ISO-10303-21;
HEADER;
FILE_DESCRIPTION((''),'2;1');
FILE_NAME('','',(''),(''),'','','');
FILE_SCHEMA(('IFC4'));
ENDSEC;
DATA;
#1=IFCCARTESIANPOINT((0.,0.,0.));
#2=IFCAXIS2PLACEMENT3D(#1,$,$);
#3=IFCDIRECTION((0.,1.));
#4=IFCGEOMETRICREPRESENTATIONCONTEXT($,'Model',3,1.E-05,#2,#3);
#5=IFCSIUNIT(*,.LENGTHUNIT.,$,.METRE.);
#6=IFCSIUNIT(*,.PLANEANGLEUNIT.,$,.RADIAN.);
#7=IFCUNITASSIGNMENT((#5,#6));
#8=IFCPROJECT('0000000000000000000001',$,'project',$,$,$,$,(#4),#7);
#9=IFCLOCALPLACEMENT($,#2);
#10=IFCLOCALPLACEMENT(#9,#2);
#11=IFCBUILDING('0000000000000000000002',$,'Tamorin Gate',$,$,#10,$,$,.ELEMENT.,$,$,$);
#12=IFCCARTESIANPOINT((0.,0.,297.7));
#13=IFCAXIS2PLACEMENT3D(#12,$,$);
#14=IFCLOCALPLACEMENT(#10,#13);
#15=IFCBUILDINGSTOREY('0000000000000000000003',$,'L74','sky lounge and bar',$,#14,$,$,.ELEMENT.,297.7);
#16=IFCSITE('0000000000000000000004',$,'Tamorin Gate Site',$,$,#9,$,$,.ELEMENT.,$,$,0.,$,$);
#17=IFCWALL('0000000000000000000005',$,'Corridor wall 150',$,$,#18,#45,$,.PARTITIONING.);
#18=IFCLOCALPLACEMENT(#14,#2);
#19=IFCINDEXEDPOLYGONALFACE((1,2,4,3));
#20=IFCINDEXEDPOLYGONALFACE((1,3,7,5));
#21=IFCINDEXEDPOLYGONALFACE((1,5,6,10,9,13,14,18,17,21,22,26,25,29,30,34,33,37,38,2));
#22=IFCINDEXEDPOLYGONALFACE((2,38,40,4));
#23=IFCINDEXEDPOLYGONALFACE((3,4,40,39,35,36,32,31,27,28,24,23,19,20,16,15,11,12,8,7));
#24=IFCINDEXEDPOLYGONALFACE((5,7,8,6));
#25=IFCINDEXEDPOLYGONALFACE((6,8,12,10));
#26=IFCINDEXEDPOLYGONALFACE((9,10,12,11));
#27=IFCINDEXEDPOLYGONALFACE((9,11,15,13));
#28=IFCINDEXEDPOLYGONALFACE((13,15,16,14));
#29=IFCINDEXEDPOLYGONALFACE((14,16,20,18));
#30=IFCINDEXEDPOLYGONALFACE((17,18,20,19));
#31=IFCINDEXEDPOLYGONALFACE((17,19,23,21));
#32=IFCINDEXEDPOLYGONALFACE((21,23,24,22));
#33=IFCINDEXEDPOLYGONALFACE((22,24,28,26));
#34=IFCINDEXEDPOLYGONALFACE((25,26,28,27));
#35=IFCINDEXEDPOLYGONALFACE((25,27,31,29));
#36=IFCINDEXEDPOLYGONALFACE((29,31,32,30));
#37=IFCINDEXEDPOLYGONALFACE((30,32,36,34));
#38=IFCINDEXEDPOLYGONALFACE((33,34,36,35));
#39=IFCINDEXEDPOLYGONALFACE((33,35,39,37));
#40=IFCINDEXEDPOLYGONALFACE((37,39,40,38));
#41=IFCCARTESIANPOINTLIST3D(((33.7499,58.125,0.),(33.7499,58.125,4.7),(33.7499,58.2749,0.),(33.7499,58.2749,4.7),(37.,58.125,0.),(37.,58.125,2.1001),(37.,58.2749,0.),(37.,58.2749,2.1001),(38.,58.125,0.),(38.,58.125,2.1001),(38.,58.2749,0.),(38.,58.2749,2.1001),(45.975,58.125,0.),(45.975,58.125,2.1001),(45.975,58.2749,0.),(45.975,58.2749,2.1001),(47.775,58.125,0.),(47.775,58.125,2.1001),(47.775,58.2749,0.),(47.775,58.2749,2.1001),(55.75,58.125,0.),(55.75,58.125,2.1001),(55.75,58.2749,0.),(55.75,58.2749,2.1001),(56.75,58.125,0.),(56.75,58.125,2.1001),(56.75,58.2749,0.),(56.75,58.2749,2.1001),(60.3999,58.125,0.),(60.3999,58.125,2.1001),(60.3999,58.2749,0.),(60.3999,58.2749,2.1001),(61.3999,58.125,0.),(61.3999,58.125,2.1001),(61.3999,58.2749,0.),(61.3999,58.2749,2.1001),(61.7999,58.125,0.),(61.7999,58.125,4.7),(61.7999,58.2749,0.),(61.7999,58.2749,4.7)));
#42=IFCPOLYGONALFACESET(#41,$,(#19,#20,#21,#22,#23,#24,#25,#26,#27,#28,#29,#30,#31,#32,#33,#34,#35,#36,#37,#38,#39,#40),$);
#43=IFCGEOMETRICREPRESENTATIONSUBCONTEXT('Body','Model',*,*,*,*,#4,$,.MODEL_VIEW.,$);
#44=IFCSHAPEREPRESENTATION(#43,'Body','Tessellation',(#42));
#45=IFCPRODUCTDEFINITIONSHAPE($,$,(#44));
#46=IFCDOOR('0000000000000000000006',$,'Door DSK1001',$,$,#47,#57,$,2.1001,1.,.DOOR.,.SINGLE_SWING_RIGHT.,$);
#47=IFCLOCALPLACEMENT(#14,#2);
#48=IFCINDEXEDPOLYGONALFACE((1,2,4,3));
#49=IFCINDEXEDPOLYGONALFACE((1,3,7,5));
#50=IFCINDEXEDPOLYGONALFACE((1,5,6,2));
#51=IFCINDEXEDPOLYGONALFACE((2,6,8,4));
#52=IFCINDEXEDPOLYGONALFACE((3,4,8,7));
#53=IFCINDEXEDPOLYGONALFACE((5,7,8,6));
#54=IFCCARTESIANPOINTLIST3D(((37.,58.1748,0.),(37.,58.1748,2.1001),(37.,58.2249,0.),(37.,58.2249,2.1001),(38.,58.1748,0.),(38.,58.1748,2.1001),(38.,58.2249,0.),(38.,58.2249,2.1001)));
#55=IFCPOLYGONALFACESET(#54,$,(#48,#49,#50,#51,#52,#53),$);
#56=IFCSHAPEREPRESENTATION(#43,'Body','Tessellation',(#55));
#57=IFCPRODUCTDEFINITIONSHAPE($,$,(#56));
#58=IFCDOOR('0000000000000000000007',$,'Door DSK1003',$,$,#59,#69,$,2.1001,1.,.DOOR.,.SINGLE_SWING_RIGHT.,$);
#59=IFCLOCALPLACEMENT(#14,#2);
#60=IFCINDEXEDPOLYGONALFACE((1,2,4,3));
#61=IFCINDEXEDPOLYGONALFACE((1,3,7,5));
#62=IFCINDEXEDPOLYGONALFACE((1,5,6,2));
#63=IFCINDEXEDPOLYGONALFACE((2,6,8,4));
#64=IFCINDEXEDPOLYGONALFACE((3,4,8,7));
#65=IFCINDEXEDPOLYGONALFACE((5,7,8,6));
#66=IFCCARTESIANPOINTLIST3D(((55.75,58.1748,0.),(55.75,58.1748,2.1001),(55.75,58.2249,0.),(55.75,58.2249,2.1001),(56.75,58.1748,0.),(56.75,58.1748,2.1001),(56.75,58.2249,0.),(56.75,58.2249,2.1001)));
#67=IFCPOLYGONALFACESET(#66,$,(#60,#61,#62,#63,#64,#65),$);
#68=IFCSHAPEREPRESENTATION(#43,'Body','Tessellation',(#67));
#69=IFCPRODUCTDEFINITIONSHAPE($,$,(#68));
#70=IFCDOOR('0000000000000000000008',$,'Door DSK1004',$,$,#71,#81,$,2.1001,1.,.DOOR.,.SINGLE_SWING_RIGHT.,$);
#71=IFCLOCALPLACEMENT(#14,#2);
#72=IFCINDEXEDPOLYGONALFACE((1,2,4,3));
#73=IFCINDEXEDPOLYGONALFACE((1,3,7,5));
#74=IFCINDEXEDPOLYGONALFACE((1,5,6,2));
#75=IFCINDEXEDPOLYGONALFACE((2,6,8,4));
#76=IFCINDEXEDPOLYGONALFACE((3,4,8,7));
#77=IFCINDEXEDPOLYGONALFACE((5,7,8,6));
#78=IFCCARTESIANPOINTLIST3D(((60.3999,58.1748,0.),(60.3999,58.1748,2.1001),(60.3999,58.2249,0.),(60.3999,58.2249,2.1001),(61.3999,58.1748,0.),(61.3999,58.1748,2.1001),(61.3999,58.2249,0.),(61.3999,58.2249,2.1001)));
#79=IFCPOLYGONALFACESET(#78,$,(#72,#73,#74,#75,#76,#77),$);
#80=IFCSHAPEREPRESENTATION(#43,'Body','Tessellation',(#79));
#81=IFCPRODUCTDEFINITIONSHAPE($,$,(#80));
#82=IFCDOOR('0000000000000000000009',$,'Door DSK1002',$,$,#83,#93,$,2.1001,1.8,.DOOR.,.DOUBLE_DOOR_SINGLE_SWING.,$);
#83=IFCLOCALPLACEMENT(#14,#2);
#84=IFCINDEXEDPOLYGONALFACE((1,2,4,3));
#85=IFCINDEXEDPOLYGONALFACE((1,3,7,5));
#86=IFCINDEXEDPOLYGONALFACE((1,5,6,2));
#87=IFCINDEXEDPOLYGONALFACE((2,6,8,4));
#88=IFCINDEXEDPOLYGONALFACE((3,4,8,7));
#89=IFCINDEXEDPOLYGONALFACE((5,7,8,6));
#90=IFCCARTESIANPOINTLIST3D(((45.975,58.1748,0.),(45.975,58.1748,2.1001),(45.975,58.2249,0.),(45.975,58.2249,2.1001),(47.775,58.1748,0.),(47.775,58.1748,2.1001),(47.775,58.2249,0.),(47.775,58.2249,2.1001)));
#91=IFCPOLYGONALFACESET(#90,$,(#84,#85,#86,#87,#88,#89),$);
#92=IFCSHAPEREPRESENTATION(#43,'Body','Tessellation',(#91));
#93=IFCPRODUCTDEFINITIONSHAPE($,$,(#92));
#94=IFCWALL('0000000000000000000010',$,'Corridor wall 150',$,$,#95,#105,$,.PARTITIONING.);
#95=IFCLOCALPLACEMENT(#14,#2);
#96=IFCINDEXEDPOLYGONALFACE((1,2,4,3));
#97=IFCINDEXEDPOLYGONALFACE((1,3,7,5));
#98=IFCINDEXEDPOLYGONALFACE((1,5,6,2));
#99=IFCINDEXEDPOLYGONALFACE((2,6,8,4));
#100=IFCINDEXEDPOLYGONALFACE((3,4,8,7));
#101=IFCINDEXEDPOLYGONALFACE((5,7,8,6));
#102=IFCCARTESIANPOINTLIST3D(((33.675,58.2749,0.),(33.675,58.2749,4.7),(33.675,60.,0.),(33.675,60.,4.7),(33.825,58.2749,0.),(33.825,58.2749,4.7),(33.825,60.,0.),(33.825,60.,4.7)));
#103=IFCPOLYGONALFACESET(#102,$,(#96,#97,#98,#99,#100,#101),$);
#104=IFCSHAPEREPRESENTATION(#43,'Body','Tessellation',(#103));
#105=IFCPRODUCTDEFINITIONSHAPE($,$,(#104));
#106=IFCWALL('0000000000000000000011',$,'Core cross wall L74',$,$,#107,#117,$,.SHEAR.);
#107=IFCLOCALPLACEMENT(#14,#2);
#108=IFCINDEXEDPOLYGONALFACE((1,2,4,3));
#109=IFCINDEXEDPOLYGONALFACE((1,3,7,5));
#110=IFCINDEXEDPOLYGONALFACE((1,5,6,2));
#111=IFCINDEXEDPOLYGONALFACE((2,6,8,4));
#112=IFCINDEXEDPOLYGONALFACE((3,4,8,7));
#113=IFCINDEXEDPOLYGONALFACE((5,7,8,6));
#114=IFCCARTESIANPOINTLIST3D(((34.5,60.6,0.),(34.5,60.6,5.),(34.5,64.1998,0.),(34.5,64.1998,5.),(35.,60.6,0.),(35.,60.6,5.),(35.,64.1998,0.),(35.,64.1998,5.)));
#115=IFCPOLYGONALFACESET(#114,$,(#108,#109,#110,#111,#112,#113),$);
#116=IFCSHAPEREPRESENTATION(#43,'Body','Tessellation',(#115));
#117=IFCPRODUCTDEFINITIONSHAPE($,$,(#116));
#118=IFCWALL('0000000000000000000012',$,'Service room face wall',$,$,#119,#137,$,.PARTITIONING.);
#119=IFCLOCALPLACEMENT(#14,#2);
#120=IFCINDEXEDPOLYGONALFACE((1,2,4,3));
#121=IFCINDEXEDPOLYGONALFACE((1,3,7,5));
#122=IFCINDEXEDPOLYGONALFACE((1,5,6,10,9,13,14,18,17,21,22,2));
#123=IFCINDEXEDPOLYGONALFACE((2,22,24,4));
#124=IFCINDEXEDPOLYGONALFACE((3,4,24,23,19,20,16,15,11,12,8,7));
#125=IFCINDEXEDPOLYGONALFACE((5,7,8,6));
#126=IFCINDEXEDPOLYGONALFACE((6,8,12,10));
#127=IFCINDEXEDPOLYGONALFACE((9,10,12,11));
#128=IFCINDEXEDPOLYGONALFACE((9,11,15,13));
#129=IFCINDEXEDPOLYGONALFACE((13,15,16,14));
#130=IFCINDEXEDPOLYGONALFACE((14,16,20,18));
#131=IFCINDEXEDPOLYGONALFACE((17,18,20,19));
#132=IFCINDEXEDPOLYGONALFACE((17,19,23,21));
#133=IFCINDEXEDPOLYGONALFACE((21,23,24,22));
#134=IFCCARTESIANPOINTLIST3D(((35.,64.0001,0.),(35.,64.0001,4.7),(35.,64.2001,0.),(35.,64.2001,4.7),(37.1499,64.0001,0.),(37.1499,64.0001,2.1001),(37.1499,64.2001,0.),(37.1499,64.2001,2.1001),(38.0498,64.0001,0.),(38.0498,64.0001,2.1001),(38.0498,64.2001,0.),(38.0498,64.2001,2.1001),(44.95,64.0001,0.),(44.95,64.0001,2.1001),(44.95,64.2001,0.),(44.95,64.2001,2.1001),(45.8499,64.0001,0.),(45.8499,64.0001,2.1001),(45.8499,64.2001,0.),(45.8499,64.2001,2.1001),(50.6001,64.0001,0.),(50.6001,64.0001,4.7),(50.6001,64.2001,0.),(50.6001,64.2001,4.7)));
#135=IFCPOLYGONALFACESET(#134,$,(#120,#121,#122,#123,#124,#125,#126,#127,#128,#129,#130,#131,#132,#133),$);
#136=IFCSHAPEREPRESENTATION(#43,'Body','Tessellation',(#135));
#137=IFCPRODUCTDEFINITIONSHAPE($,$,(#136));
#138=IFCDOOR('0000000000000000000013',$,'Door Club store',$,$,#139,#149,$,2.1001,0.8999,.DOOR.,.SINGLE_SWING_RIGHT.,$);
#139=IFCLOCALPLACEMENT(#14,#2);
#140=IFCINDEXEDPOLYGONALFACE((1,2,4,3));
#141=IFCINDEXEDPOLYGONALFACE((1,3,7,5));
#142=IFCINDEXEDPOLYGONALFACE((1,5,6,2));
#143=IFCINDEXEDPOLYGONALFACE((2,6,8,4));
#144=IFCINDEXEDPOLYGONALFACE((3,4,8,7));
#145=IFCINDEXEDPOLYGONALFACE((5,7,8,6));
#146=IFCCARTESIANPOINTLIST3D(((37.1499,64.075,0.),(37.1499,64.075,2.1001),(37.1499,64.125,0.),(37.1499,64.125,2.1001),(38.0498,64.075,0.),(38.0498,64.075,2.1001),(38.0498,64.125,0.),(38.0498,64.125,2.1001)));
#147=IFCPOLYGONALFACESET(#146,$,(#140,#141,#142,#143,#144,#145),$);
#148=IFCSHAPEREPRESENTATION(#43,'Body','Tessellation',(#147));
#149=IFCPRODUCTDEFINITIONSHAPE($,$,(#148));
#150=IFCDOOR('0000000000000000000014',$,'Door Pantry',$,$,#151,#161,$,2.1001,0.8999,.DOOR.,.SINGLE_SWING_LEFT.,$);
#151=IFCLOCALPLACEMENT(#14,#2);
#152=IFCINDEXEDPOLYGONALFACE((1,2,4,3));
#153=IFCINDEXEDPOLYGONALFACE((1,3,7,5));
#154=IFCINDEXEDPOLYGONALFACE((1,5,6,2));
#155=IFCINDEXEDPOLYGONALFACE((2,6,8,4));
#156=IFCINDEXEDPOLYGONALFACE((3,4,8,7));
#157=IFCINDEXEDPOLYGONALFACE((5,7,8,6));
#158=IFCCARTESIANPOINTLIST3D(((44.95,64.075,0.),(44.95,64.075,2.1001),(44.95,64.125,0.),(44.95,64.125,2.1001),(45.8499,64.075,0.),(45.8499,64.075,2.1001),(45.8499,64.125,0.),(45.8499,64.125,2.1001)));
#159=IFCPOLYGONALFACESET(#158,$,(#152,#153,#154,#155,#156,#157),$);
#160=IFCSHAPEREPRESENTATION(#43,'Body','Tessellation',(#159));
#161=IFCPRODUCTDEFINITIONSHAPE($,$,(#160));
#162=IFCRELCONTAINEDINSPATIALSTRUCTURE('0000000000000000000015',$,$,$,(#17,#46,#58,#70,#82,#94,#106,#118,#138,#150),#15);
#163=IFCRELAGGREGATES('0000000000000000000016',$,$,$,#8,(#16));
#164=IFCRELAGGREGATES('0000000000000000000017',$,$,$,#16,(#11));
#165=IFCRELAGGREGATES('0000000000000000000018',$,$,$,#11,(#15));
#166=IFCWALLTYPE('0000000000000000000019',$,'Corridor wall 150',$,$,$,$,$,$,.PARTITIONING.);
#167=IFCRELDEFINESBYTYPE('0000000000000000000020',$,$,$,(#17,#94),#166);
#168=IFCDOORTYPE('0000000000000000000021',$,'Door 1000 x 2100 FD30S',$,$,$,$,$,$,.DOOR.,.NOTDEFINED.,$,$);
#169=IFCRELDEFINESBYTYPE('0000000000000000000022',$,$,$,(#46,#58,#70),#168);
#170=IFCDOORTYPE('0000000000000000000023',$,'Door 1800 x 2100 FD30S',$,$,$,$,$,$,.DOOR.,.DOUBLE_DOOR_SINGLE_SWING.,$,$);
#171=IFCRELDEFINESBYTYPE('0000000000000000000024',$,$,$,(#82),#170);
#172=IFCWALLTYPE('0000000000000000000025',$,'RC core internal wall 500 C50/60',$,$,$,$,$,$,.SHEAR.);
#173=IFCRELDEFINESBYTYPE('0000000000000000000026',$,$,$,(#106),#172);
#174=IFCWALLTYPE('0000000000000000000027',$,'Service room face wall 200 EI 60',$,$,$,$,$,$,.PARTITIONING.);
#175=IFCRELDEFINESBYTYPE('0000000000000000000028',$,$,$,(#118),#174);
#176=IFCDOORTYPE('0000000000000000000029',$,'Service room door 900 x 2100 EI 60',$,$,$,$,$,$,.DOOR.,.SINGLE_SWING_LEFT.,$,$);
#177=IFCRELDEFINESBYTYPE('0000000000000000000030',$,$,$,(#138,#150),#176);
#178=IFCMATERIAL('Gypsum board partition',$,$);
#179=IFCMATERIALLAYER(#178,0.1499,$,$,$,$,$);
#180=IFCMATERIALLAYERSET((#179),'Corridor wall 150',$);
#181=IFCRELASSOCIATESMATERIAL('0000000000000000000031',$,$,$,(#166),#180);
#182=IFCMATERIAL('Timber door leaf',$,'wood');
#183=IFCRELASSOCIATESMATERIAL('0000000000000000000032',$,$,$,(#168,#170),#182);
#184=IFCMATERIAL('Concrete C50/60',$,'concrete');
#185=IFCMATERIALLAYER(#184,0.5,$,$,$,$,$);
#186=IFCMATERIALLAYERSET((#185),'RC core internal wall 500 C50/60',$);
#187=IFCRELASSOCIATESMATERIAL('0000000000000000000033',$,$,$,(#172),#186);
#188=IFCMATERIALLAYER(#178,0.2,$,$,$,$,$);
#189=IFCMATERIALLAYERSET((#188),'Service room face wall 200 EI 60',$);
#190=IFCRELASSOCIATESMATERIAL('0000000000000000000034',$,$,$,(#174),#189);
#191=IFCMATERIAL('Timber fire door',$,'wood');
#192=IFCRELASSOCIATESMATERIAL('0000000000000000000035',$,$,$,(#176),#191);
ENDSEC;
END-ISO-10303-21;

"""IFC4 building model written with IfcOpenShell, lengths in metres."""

from ifc_helpers import new_model, si_unit, direction, frame, frame_2d, origin, place, context, subcontext, project, spatial, rectangle, extrude, material, layer, layer_set, type_object, element, fill, save


model = new_model("IFC4")

# Units and contexts
model_context = context("Model", 3, precision=1e-05, world=origin(), true_north=direction((0.0, 1.0)))
body_context = subcontext(model_context, "Body", "Model", "MODEL_VIEW")
ifc_project = project(units=[si_unit("LENGTHUNIT", "METRE"), si_unit("PLANEANGLEUNIT", "RADIAN")], contexts=[model_context])

# Site, building, storey
site_placement = place(None, origin())
site = spatial("IfcSite", under=ifc_project, at=site_placement, Name="Tamorin Gate Site", CompositionType="ELEMENT", RefElevation=0.0)
building_placement = place(site_placement, origin())
building = spatial("IfcBuilding", under=site, at=building_placement, Name="Tamorin Gate", CompositionType="ELEMENT")
storey_placement = place(building_placement, frame((0.0, 0.0, 297.7)))
storey = spatial("IfcBuildingStorey", under=building, at=storey_placement, Name="L74", Description="sky lounge and bar", CompositionType="ELEMENT", Elevation=297.7)

# Shared definitions
ifc_material_1 = material(Name="Concrete C50/60", Category="concrete")

# Wall, openings, doors
ifc_material_2 = material(Name="Gypsum board partition")
ifc_layer_1 = layer(ifc_material_2, 0.1499)
ifc_layer_set_1 = layer_set([ifc_layer_1], Name="Corridor wall 150")
wall_type_1 = type_object("IfcWallType", Name="Corridor wall 150", PredefinedType="PARTITIONING", material=ifc_layer_set_1)
wall_1_placement = place(storey_placement, frame((33.75, 58.2, 0.0), z_axis=(0.0, 0.0, 1.0), x_axis=(1.0, 0.0, 0.0)))
wall_1 = element("IfcWall", 1, at=wall_1_placement, inside=storey, type_object=wall_type_1, Name="Corridor wall 150", PredefinedType="PARTITIONING", context=body_context, shape_type="SweptSolid", body=[
    extrude(rectangle(XDim=28.05, YDim=0.1499, at=frame_2d((14.0249, 0.0))), origin(), (0.0, 0.0, 1.0), 4.7),
])
opening_1_placement = place(wall_1_placement, frame((3.25, 0.0, 0.0)))
opening_1 = element("IfcOpeningElement", 2, at=opening_1_placement, cuts=wall_1, PredefinedType="OPENING", context=body_context, shape_type="SweptSolid", body=[
    extrude(rectangle(XDim=1.0, YDim=2.1001, at=frame_2d((0.5, 1.05))), frame((0.0, 0.085, 0.0), z_axis=(0.0, -1.0, 0.0), x_axis=(1.0, 0.0, 0.0)), (0.0, 0.0, 1.0), 0.1699),
])
opening_2_placement = place(wall_1_placement, frame((12.2251, 0.0, 0.0)))
opening_2 = element("IfcOpeningElement", 3, at=opening_2_placement, cuts=wall_1, PredefinedType="OPENING", context=body_context, shape_type="SweptSolid", body=[
    extrude(rectangle(XDim=1.8, YDim=2.1001, at=frame_2d((0.8999, 1.05))), frame((0.0, 0.085, 0.0), z_axis=(0.0, -1.0, 0.0), x_axis=(1.0, 0.0, 0.0)), (0.0, 0.0, 1.0), 0.1699),
])
opening_3_placement = place(wall_1_placement, frame((22.0, 0.0, 0.0)))
opening_3 = element("IfcOpeningElement", 4, at=opening_3_placement, cuts=wall_1, PredefinedType="OPENING", context=body_context, shape_type="SweptSolid", body=[
    extrude(rectangle(XDim=1.0, YDim=2.1001, at=frame_2d((0.5, 1.05))), frame((0.0, 0.085, 0.0), z_axis=(0.0, -1.0, 0.0), x_axis=(1.0, 0.0, 0.0)), (0.0, 0.0, 1.0), 0.1699),
])
opening_4_placement = place(wall_1_placement, frame((26.6499, 0.0, 0.0)))
opening_4 = element("IfcOpeningElement", 5, at=opening_4_placement, cuts=wall_1, PredefinedType="OPENING", context=body_context, shape_type="SweptSolid", body=[
    extrude(rectangle(XDim=1.0, YDim=2.1001, at=frame_2d((0.5, 1.05))), frame((0.0, 0.085, 0.0), z_axis=(0.0, -1.0, 0.0), x_axis=(1.0, 0.0, 0.0)), (0.0, 0.0, 1.0), 0.1699),
])
ifc_material_3 = material(Name="Timber door leaf", Category="wood")
door_type_1 = type_object("IfcDoorType", Name="Door 1000 x 2100 FD30S", OperationType="NOTDEFINED", PredefinedType="DOOR", material=ifc_material_3)
door_1_placement = place(opening_1_placement, origin())
door_1 = element("IfcDoor", 6, at=door_1_placement, inside=storey, type_object=door_type_1, Name="Door DSK1001", OperationType="SINGLE_SWING_RIGHT", OverallHeight=2.1001, OverallWidth=1.0, PredefinedType="DOOR", context=body_context, shape_type="SweptSolid", body=[
    extrude(rectangle(XDim=1.0, YDim=2.1001, at=frame_2d((0.5, 1.05))), frame((0.0, 0.0249, 0.0), z_axis=(0.0, -1.0, 0.0), x_axis=(1.0, 0.0, 0.0)), (0.0, 0.0, 1.0), 0.05),
])
fill(opening_1, door_1)
door_2_placement = place(opening_3_placement, origin())
door_2 = element("IfcDoor", 7, at=door_2_placement, inside=storey, type_object=door_type_1, Name="Door DSK1003", OperationType="SINGLE_SWING_RIGHT", OverallHeight=2.1001, OverallWidth=1.0, PredefinedType="DOOR", context=body_context, shape_type="SweptSolid", body=[
    extrude(rectangle(XDim=1.0, YDim=2.1001, at=frame_2d((0.5, 1.05))), frame((0.0, 0.0249, 0.0), z_axis=(0.0, -1.0, 0.0), x_axis=(1.0, 0.0, 0.0)), (0.0, 0.0, 1.0), 0.05),
])
fill(opening_3, door_2)
door_3_placement = place(opening_4_placement, origin())
door_3 = element("IfcDoor", 8, at=door_3_placement, inside=storey, type_object=door_type_1, Name="Door DSK1004", OperationType="SINGLE_SWING_RIGHT", OverallHeight=2.1001, OverallWidth=1.0, PredefinedType="DOOR", context=body_context, shape_type="SweptSolid", body=[
    extrude(rectangle(XDim=1.0, YDim=2.1001, at=frame_2d((0.5, 1.05))), frame((0.0, 0.0249, 0.0), z_axis=(0.0, -1.0, 0.0), x_axis=(1.0, 0.0, 0.0)), (0.0, 0.0, 1.0), 0.05),
])
fill(opening_4, door_3)
door_type_2 = type_object("IfcDoorType", Name="Door 1800 x 2100 FD30S", OperationType="DOUBLE_DOOR_SINGLE_SWING", PredefinedType="DOOR", material=ifc_material_3)
door_4_placement = place(opening_2_placement, origin())
door_4 = element("IfcDoor", 9, at=door_4_placement, inside=storey, type_object=door_type_2, Name="Door DSK1002", OperationType="DOUBLE_DOOR_SINGLE_SWING", OverallHeight=2.1001, OverallWidth=1.8, PredefinedType="DOOR", context=body_context, shape_type="SweptSolid", body=[
    extrude(rectangle(XDim=1.8, YDim=2.1001, at=frame_2d((0.8999, 1.05))), frame((0.0, 0.0249, 0.0), z_axis=(0.0, -1.0, 0.0), x_axis=(1.0, 0.0, 0.0)), (0.0, 0.0, 1.0), 0.05),
])
fill(opening_2, door_4)

# Walls
wall_2_placement = place(storey_placement, frame((33.75, 58.2749, 0.0), z_axis=(0.0, 0.0, 1.0), x_axis=(0.0, 1.0, 0.0)))
element("IfcWall", 10, at=wall_2_placement, inside=storey, type_object=wall_type_1, Name="Corridor wall 150", PredefinedType="PARTITIONING", context=body_context, shape_type="SweptSolid", body=[
    extrude(rectangle(XDim=1.7251, YDim=0.1499, at=frame_2d((0.8625, 0.0))), origin(), (0.0, 0.0, 1.0), 4.7),
])
ifc_layer_2 = layer(ifc_material_1, 0.5)
ifc_layer_set_2 = layer_set([ifc_layer_2], Name="RC core internal wall 500 C50/60")
wall_type_2 = type_object("IfcWallType", Name="RC core internal wall 500 C50/60", PredefinedType="SHEAR", material=ifc_layer_set_2)
wall_3_placement = place(storey_placement, frame((34.75, 60.6001, 0.0), z_axis=(0.0, 0.0, 1.0), x_axis=(0.0, 1.0, 0.0)))
element("IfcWall", 11, at=wall_3_placement, inside=storey, type_object=wall_type_2, Name="Core cross wall L74", PredefinedType="SHEAR", context=body_context, shape_type="SweptSolid", body=[
    extrude(rectangle(XDim=3.5999, YDim=0.5, at=frame_2d((1.7998, 0.0))), origin(), (0.0, 0.0, 1.0), 5.0),
])

# Wall, openings, doors
ifc_layer_3 = layer(ifc_material_2, 0.2)
ifc_layer_set_3 = layer_set([ifc_layer_3], Name="Service room face wall 200 EI 60")
wall_type_3 = type_object("IfcWallType", Name="Service room face wall 200 EI 60", PredefinedType="PARTITIONING", material=ifc_layer_set_3)
wall_4_placement = place(storey_placement, frame((35.0, 64.1001, 0.0), z_axis=(0.0, 0.0, 1.0), x_axis=(1.0, 0.0, 0.0)))
wall_4 = element("IfcWall", 12, at=wall_4_placement, inside=storey, type_object=wall_type_3, Name="Service room face wall", PredefinedType="PARTITIONING", context=body_context, shape_type="SweptSolid", body=[
    extrude(rectangle(XDim=15.6001, YDim=0.2, at=frame_2d((7.8, 0.0))), origin(), (0.0, 0.0, 1.0), 4.7),
])
opening_5_placement = place(wall_4_placement, frame((2.1499, 0.0, 0.0)))
opening_5 = element("IfcOpeningElement", 13, at=opening_5_placement, cuts=wall_4, PredefinedType="OPENING", context=body_context, shape_type="SweptSolid", body=[
    extrude(rectangle(XDim=0.8999, YDim=2.1001, at=frame_2d((0.45, 1.05))), frame((0.0, 0.1099, 0.0), z_axis=(0.0, -1.0, 0.0), x_axis=(1.0, 0.0, 0.0)), (0.0, 0.0, 1.0), 0.22),
])
opening_6_placement = place(wall_4_placement, frame((9.95, 0.0, 0.0)))
opening_6 = element("IfcOpeningElement", 14, at=opening_6_placement, cuts=wall_4, PredefinedType="OPENING", context=body_context, shape_type="SweptSolid", body=[
    extrude(rectangle(XDim=0.8999, YDim=2.1001, at=frame_2d((0.45, 1.05))), frame((0.0, 0.1099, 0.0), z_axis=(0.0, -1.0, 0.0), x_axis=(1.0, 0.0, 0.0)), (0.0, 0.0, 1.0), 0.22),
])
ifc_material_4 = material(Name="Timber fire door", Category="wood")
door_type_3 = type_object("IfcDoorType", Name="Service room door 900 x 2100 EI 60", OperationType="SINGLE_SWING_LEFT", PredefinedType="DOOR", material=ifc_material_4)
door_5_placement = place(opening_5_placement, origin())
door_5 = element("IfcDoor", 15, at=door_5_placement, inside=storey, type_object=door_type_3, Name="Door Club store", OperationType="SINGLE_SWING_RIGHT", OverallHeight=2.1001, OverallWidth=0.8999, PredefinedType="DOOR", context=body_context, shape_type="SweptSolid", body=[
    extrude(rectangle(XDim=0.8999, YDim=2.1001, at=frame_2d((0.45, 1.05))), frame((0.0, 0.0249, 0.0), z_axis=(0.0, -1.0, 0.0), x_axis=(1.0, 0.0, 0.0)), (0.0, 0.0, 1.0), 0.05),
])
fill(opening_5, door_5)
door_6_placement = place(opening_6_placement, origin())
door_6 = element("IfcDoor", 16, at=door_6_placement, inside=storey, type_object=door_type_3, Name="Door Pantry", OperationType="SINGLE_SWING_LEFT", OverallHeight=2.1001, OverallWidth=0.8999, PredefinedType="DOOR", context=body_context, shape_type="SweptSolid", body=[
    extrude(rectangle(XDim=0.8999, YDim=2.1001, at=frame_2d((0.45, 1.05))), frame((0.0, 0.0249, 0.0), z_axis=(0.0, -1.0, 0.0), x_axis=(1.0, 0.0, 0.0)), (0.0, 0.0, 1.0), 0.05),
])
fill(opening_6, door_6)

save(model, "model.ifc")
